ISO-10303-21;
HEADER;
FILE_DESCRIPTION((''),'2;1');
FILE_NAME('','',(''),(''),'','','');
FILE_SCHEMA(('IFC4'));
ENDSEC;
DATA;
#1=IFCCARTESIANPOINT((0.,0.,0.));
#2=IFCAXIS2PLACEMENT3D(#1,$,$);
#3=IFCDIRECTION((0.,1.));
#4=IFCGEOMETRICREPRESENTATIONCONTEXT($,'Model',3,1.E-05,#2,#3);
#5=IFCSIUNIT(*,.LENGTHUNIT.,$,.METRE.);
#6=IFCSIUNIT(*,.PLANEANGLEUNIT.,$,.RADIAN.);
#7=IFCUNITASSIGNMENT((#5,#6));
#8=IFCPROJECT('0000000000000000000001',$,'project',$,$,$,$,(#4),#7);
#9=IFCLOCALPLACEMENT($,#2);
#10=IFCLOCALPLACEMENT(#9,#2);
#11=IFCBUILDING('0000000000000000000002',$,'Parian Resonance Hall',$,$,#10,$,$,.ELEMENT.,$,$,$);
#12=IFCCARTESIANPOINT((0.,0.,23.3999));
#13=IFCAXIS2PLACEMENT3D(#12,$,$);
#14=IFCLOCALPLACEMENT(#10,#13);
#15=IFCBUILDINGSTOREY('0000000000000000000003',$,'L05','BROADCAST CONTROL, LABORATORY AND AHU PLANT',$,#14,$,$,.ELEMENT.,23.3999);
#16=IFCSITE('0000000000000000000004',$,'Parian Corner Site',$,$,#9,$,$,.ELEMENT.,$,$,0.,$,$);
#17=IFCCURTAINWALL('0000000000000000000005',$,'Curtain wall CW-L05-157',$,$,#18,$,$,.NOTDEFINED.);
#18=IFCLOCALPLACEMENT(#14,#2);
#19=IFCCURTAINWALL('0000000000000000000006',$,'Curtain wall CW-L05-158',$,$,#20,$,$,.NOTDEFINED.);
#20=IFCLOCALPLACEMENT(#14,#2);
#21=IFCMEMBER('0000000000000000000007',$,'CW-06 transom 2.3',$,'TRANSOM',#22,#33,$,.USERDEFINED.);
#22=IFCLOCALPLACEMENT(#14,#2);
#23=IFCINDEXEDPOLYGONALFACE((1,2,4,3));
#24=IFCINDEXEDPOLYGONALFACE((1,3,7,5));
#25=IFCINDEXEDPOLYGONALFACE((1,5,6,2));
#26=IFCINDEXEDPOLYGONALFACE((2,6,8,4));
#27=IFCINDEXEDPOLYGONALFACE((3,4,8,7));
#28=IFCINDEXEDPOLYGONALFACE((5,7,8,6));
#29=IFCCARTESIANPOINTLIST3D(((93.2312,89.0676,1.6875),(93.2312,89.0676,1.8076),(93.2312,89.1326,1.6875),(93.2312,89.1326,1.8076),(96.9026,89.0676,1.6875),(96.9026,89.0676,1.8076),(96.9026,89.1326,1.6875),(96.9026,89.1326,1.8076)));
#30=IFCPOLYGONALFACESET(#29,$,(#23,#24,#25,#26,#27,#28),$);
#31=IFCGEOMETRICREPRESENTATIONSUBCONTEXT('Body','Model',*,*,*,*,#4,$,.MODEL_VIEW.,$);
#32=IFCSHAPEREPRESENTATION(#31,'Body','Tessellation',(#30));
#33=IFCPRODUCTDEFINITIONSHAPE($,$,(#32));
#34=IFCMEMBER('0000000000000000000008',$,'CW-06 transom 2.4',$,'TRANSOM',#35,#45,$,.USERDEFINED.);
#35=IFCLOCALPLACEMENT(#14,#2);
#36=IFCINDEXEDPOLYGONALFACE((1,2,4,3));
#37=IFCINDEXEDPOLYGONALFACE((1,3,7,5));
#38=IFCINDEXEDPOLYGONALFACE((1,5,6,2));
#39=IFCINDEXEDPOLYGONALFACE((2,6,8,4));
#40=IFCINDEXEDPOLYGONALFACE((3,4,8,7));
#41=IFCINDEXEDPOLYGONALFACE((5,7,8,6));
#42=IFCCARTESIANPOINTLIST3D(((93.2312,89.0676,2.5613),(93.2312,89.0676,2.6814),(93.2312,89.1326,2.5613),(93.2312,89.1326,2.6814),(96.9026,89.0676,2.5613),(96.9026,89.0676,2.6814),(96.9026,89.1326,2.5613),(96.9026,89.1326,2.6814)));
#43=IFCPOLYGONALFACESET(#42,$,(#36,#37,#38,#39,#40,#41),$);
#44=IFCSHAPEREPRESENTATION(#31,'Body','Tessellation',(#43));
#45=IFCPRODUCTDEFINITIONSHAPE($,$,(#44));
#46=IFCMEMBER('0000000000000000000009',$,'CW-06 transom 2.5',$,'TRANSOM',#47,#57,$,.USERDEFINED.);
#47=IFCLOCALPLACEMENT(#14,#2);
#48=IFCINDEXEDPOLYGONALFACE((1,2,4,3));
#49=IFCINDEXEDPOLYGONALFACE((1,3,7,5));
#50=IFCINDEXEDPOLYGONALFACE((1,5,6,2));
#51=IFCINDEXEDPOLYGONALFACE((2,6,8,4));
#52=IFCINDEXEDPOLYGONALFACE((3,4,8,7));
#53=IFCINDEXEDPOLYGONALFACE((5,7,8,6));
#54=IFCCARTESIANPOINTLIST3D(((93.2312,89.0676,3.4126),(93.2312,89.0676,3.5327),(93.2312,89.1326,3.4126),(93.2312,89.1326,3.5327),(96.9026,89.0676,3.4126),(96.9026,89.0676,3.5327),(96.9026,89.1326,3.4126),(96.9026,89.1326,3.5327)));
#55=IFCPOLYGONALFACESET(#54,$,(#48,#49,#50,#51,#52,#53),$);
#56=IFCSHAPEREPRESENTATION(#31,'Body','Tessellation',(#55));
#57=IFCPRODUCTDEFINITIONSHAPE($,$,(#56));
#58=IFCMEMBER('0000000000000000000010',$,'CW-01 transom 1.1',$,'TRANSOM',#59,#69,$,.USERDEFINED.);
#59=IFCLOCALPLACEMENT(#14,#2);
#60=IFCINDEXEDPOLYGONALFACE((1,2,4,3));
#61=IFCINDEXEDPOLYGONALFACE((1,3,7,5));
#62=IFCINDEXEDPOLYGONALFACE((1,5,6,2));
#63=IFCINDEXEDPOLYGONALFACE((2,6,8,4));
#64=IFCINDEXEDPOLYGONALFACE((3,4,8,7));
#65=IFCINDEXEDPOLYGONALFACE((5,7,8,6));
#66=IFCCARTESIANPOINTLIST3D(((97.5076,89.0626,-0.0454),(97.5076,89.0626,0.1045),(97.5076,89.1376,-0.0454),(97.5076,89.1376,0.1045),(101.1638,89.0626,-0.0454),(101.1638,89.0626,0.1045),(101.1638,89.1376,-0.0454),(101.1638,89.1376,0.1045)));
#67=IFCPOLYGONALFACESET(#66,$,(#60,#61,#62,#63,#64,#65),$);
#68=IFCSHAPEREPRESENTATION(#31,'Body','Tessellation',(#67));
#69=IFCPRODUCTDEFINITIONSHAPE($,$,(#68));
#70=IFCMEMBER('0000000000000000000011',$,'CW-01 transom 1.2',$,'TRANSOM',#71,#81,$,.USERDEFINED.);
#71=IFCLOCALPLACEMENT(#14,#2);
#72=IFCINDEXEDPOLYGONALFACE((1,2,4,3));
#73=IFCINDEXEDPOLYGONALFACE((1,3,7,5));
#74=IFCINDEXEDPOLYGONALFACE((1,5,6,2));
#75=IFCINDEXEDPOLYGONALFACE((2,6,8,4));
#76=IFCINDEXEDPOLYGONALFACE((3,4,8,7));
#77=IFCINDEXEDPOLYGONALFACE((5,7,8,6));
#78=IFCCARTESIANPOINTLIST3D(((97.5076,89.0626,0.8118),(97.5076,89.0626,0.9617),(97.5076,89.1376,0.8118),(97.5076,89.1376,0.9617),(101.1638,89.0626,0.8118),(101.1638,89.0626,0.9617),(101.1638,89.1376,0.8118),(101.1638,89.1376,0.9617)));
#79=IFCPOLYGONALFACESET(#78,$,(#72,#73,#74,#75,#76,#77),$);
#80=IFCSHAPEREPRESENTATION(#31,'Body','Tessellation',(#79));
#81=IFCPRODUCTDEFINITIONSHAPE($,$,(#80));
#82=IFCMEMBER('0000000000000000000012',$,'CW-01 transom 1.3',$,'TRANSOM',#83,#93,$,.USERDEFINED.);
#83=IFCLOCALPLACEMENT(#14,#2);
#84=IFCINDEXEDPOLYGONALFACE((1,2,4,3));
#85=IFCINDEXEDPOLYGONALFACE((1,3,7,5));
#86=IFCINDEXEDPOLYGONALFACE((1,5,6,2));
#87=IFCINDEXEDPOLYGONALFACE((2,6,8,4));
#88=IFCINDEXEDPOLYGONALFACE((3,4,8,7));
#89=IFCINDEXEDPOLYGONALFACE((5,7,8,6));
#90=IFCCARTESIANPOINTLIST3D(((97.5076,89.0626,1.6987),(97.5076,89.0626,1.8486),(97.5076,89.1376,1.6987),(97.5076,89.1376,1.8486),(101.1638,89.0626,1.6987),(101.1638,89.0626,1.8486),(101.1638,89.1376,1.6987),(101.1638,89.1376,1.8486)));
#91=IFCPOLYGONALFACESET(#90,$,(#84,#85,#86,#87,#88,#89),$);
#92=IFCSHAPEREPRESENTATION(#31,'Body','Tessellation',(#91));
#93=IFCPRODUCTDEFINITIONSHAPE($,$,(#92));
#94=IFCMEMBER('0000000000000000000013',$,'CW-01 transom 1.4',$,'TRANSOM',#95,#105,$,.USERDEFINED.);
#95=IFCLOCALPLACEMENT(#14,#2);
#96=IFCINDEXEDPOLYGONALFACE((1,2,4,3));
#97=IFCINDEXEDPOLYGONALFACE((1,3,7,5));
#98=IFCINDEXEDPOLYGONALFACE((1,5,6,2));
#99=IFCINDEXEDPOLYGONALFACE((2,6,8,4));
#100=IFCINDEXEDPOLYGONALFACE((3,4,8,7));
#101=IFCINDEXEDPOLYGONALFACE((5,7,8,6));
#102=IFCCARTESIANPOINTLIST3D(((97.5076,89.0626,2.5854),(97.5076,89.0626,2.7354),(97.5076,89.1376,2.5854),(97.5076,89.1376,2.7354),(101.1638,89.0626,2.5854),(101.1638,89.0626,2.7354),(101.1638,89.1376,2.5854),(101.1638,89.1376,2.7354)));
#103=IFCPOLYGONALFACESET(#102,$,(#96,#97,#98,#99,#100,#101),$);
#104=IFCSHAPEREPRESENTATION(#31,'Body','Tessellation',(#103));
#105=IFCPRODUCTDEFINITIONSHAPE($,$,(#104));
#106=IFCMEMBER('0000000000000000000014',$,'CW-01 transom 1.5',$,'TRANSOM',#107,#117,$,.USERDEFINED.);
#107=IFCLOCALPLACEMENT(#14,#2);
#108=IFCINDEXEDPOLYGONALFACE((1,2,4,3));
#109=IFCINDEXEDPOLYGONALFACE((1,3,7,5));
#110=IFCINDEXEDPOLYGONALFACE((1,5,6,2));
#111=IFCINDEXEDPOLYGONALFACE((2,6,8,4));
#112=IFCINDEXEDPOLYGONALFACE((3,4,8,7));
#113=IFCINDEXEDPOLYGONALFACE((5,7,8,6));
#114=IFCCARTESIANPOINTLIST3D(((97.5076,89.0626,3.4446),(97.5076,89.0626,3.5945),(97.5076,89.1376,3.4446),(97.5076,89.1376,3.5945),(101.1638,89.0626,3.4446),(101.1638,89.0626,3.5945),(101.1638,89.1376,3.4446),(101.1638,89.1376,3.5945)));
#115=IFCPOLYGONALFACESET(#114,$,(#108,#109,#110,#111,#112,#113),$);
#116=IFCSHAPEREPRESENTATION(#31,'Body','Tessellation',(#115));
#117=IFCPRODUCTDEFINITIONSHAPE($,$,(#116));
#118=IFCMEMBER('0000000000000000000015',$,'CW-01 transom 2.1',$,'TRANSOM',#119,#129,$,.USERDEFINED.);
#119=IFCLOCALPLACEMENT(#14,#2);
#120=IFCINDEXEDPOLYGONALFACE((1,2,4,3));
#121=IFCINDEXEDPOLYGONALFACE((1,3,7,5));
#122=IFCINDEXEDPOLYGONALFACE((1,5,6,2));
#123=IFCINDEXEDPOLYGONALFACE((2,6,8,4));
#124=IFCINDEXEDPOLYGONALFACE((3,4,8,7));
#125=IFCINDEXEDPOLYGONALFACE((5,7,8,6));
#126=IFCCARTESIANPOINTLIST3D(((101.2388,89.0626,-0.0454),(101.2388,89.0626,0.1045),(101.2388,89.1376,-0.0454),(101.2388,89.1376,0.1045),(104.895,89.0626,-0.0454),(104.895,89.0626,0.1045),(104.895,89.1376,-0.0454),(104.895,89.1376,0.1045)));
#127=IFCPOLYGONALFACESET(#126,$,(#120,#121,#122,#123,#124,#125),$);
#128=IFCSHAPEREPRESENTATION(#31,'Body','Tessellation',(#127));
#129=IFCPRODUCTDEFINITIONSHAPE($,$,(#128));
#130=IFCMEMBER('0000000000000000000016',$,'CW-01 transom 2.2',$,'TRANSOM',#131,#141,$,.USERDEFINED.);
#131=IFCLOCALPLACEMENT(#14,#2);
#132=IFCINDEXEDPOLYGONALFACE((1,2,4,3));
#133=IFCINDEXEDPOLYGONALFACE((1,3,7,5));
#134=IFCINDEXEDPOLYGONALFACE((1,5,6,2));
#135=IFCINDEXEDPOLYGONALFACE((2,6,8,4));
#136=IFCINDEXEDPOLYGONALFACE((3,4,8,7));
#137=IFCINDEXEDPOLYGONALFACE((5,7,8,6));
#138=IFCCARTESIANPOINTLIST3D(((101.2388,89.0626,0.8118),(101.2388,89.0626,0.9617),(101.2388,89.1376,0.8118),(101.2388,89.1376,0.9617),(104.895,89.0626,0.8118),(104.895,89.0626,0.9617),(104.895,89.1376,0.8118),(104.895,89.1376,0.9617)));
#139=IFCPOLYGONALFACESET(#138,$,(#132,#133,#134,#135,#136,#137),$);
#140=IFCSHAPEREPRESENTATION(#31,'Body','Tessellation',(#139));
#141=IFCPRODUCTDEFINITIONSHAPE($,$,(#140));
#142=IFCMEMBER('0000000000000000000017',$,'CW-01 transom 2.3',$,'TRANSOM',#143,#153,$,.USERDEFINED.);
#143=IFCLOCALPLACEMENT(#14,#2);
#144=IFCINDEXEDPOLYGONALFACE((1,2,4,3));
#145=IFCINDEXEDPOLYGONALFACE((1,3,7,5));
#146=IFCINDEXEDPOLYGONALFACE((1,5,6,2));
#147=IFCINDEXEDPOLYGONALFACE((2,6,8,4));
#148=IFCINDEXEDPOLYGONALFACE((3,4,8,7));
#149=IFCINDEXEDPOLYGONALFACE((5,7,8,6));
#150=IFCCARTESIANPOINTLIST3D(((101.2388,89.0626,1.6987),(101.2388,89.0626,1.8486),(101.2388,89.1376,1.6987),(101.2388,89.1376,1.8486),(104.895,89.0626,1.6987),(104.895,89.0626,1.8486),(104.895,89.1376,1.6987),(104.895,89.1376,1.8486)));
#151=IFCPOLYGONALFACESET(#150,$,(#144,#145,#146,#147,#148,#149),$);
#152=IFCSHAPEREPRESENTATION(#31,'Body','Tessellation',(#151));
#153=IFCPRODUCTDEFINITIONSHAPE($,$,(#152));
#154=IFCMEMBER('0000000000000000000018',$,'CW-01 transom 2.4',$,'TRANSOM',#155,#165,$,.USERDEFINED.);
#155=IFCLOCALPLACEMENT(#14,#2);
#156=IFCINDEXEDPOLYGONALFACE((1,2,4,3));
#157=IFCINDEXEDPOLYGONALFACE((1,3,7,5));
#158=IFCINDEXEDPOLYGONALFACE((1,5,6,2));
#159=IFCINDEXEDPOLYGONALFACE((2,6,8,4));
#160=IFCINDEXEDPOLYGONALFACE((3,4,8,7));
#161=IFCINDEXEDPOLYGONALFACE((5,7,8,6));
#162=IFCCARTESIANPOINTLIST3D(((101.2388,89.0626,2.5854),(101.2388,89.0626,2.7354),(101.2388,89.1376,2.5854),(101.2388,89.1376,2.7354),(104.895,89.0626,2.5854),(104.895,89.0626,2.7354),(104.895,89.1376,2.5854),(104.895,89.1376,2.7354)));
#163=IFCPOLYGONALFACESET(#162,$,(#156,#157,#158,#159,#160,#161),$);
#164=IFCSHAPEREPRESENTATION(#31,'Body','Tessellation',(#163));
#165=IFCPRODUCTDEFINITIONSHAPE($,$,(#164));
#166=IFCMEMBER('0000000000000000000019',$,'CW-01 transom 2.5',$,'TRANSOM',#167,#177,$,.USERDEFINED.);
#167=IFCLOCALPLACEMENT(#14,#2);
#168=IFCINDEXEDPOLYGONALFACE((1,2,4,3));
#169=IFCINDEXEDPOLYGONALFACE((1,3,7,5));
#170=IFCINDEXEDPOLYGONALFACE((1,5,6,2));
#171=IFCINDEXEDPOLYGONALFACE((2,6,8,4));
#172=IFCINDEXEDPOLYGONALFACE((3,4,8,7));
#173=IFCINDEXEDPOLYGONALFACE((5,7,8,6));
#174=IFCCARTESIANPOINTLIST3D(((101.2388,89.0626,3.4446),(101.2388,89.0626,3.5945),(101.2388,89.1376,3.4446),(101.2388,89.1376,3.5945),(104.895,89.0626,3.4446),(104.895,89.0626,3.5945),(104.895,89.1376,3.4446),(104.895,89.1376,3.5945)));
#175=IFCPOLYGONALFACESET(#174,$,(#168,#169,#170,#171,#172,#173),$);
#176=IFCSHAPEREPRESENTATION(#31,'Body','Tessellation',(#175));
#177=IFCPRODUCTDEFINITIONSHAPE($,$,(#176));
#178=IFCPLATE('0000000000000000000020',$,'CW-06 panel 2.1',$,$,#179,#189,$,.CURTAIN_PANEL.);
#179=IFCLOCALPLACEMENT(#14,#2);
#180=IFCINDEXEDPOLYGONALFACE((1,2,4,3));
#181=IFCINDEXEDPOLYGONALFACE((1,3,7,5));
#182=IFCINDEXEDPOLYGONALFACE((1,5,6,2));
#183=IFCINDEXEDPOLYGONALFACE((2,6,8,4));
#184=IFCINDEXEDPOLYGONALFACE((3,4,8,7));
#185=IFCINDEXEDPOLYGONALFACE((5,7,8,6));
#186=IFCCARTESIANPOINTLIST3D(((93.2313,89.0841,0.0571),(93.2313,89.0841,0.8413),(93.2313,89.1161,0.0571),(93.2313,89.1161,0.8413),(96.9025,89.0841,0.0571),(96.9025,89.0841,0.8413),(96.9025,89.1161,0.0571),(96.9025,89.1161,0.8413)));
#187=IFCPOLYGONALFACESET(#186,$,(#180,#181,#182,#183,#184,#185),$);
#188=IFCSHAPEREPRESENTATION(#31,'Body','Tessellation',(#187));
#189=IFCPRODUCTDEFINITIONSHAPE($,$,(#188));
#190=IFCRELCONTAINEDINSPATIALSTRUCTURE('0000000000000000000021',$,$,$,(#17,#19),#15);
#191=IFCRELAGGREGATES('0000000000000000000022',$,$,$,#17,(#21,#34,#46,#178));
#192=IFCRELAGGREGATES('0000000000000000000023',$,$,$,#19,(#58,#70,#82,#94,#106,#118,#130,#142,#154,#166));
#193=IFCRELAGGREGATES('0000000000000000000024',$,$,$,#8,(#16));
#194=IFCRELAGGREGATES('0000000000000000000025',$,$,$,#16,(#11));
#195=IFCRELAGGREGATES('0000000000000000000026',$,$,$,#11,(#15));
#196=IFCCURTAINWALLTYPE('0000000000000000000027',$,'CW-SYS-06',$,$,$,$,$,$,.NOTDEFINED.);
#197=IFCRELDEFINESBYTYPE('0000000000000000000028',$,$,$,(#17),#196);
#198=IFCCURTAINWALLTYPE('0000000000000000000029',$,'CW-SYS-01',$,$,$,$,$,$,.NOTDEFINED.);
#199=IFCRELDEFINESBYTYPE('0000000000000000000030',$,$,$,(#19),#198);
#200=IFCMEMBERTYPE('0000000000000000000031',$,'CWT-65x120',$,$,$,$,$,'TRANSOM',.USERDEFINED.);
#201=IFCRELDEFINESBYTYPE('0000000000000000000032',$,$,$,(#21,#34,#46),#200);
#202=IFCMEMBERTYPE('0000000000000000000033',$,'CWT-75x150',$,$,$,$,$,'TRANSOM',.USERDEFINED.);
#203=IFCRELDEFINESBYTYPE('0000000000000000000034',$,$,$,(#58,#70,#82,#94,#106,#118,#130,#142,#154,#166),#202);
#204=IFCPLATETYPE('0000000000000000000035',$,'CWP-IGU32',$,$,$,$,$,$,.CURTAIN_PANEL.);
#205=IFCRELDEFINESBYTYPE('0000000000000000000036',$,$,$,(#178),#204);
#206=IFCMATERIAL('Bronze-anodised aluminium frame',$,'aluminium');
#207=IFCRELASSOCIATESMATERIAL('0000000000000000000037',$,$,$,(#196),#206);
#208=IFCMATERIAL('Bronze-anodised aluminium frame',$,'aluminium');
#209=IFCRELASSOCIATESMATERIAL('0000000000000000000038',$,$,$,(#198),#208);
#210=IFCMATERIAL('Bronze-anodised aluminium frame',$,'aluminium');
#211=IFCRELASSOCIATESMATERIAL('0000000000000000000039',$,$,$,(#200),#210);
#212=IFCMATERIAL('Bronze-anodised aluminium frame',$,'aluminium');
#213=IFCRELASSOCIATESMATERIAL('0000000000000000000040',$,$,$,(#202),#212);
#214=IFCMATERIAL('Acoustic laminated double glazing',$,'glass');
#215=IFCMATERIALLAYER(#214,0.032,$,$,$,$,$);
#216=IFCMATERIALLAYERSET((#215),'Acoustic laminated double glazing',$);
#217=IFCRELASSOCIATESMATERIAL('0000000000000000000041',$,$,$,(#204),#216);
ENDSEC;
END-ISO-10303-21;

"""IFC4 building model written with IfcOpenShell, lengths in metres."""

from ifc_helpers import new_model, si_unit, direction, frame, origin, origin_2d, place, context, subcontext, project, spatial, rectangle, extrude, material, layer, layer_set, material_profile, profile_set, type_object, element, aggregate, save


model = new_model("IFC4")

# Units and contexts
model_context = context("Model", 3, precision=1e-05, world=origin(), true_north=direction((0.0, 1.0)))
body_context = subcontext(model_context, "Body", "Model", "MODEL_VIEW")
ifc_project = project(units=[si_unit("LENGTHUNIT", "METRE"), si_unit("PLANEANGLEUNIT", "RADIAN")], contexts=[model_context])

# Site, building, storey
site_placement = place(None, origin())
site = spatial("IfcSite", under=ifc_project, at=site_placement, Name="Parian Corner Site", CompositionType="ELEMENT", RefElevation=0.0)
building_placement = place(site_placement, origin())
building = spatial("IfcBuilding", under=site, at=building_placement, Name="Parian Resonance Hall", CompositionType="ELEMENT")
storey_placement = place(building_placement, frame((0.0, 0.0, 23.3999)))
storey = spatial("IfcBuildingStorey", under=building, at=storey_placement, Name="L05", Description="BROADCAST CONTROL, LABORATORY AND AHU PLANT", CompositionType="ELEMENT", Elevation=23.3999)

# Curtain walls
ifc_material_1 = material(Name="Bronze-anodised aluminium frame", Category="aluminium")
curtain_wall_type_1 = type_object("IfcCurtainWallType", Name="CW-SYS-06", PredefinedType="NOTDEFINED", material=ifc_material_1)
curtain_wall_1_placement = place(storey_placement, origin())
curtain_wall_1 = element("IfcCurtainWall", 1, at=curtain_wall_1_placement, inside=storey, type_object=curtain_wall_type_1, Name="Curtain wall CW-L05-157", PredefinedType="NOTDEFINED")
ifc_material_2 = material(Name="Bronze-anodised aluminium frame", Category="aluminium")
curtain_wall_type_2 = type_object("IfcCurtainWallType", Name="CW-SYS-01", PredefinedType="NOTDEFINED", material=ifc_material_2)
curtain_wall_2_placement = place(storey_placement, origin())
curtain_wall_2 = element("IfcCurtainWall", 2, at=curtain_wall_2_placement, inside=storey, type_object=curtain_wall_type_2, Name="Curtain wall CW-L05-158", PredefinedType="NOTDEFINED")

# Members
ifc_material_3 = material(Name="Bronze-anodised aluminium frame", Category="aluminium")
ifc_material_profile_1 = material_profile(ifc_material_3, rectangle(XDim=0.0649, YDim=0.1201, at=origin_2d()), Name="CWT-65x120")
ifc_profile_set_1 = profile_set([ifc_material_profile_1], Name="Bronze-anodised aluminium frame")
member_type_1 = type_object("IfcMemberType", Name="CWT-65x120", ElementType="TRANSOM", PredefinedType="USERDEFINED", material=ifc_profile_set_1)
member_1_placement = place(storey_placement, frame((93.2312, 89.1001, 1.7476), z_axis=(1.0, 0.0, 0.0), x_axis=(0.0, 1.0, 0.0)))
member_1 = element("IfcMember", 3, at=member_1_placement, type_object=member_type_1, Name="CW-06 transom 2.3", ObjectType="TRANSOM", PredefinedType="USERDEFINED", context=body_context, shape_type="SweptSolid", body=[
    extrude(rectangle(XDim=0.0649, YDim=0.1201, at=origin_2d()), origin(), (0.0, 0.0, 1.0), 3.6714),
])
member_2_placement = place(storey_placement, frame((93.2312, 89.1001, 2.6213), z_axis=(1.0, 0.0, 0.0), x_axis=(0.0, 1.0, 0.0)))
member_2 = element("IfcMember", 4, at=member_2_placement, type_object=member_type_1, Name="CW-06 transom 2.4", ObjectType="TRANSOM", PredefinedType="USERDEFINED", context=body_context, shape_type="SweptSolid", body=[
    extrude(rectangle(XDim=0.0649, YDim=0.1201, at=origin_2d()), origin(), (0.0, 0.0, 1.0), 3.6714),
])
member_3_placement = place(storey_placement, frame((93.2312, 89.1001, 3.4727), z_axis=(1.0, 0.0, 0.0), x_axis=(0.0, 1.0, 0.0)))
member_3 = element("IfcMember", 5, at=member_3_placement, type_object=member_type_1, Name="CW-06 transom 2.5", ObjectType="TRANSOM", PredefinedType="USERDEFINED", context=body_context, shape_type="SweptSolid", body=[
    extrude(rectangle(XDim=0.0649, YDim=0.1201, at=origin_2d()), origin(), (0.0, 0.0, 1.0), 3.6714),
])
ifc_material_4 = material(Name="Bronze-anodised aluminium frame", Category="aluminium")
ifc_material_profile_2 = material_profile(ifc_material_4, rectangle(XDim=0.075, YDim=0.1499, at=origin_2d()), Name="CWT-75x150")
ifc_profile_set_2 = profile_set([ifc_material_profile_2], Name="Bronze-anodised aluminium frame")
member_type_2 = type_object("IfcMemberType", Name="CWT-75x150", ElementType="TRANSOM", PredefinedType="USERDEFINED", material=ifc_profile_set_2)
member_4_placement = place(storey_placement, frame((97.5076, 89.1001, 0.0295), z_axis=(1.0, 0.0, 0.0), x_axis=(0.0, 1.0, 0.0)))
member_4 = element("IfcMember", 6, at=member_4_placement, type_object=member_type_2, Name="CW-01 transom 1.1", ObjectType="TRANSOM", PredefinedType="USERDEFINED", context=body_context, shape_type="SweptSolid", body=[
    extrude(rectangle(XDim=0.075, YDim=0.1499, at=origin_2d()), origin(), (0.0, 0.0, 1.0), 3.6562),
])
member_5_placement = place(storey_placement, frame((97.5076, 89.1001, 0.8867), z_axis=(1.0, 0.0, 0.0), x_axis=(0.0, 1.0, 0.0)))
member_5 = element("IfcMember", 7, at=member_5_placement, type_object=member_type_2, Name="CW-01 transom 1.2", ObjectType="TRANSOM", PredefinedType="USERDEFINED", context=body_context, shape_type="SweptSolid", body=[
    extrude(rectangle(XDim=0.075, YDim=0.1499, at=origin_2d()), origin(), (0.0, 0.0, 1.0), 3.6562),
])
member_6_placement = place(storey_placement, frame((97.5076, 89.1001, 1.7737), z_axis=(1.0, 0.0, 0.0), x_axis=(0.0, 1.0, 0.0)))
member_6 = element("IfcMember", 8, at=member_6_placement, type_object=member_type_2, Name="CW-01 transom 1.3", ObjectType="TRANSOM", PredefinedType="USERDEFINED", context=body_context, shape_type="SweptSolid", body=[
    extrude(rectangle(XDim=0.075, YDim=0.1499, at=origin_2d()), origin(), (0.0, 0.0, 1.0), 3.6562),
])
member_7_placement = place(storey_placement, frame((97.5076, 89.1001, 2.6604), z_axis=(1.0, 0.0, 0.0), x_axis=(0.0, 1.0, 0.0)))
member_7 = element("IfcMember", 9, at=member_7_placement, type_object=member_type_2, Name="CW-01 transom 1.4", ObjectType="TRANSOM", PredefinedType="USERDEFINED", context=body_context, shape_type="SweptSolid", body=[
    extrude(rectangle(XDim=0.075, YDim=0.1499, at=origin_2d()), origin(), (0.0, 0.0, 1.0), 3.6562),
])
member_8_placement = place(storey_placement, frame((97.5076, 89.1001, 3.5195), z_axis=(1.0, 0.0, 0.0), x_axis=(0.0, 1.0, 0.0)))
member_8 = element("IfcMember", 10, at=member_8_placement, type_object=member_type_2, Name="CW-01 transom 1.5", ObjectType="TRANSOM", PredefinedType="USERDEFINED", context=body_context, shape_type="SweptSolid", body=[
    extrude(rectangle(XDim=0.075, YDim=0.1499, at=origin_2d()), origin(), (0.0, 0.0, 1.0), 3.6562),
])
member_9_placement = place(storey_placement, frame((101.2388, 89.1001, 0.0295), z_axis=(1.0, 0.0, 0.0), x_axis=(0.0, 1.0, 0.0)))
member_9 = element("IfcMember", 11, at=member_9_placement, type_object=member_type_2, Name="CW-01 transom 2.1", ObjectType="TRANSOM", PredefinedType="USERDEFINED", context=body_context, shape_type="SweptSolid", body=[
    extrude(rectangle(XDim=0.075, YDim=0.1499, at=origin_2d()), origin(), (0.0, 0.0, 1.0), 3.6562),
])
member_10_placement = place(storey_placement, frame((101.2388, 89.1001, 0.8867), z_axis=(1.0, 0.0, 0.0), x_axis=(0.0, 1.0, 0.0)))
member_10 = element("IfcMember", 12, at=member_10_placement, type_object=member_type_2, Name="CW-01 transom 2.2", ObjectType="TRANSOM", PredefinedType="USERDEFINED", context=body_context, shape_type="SweptSolid", body=[
    extrude(rectangle(XDim=0.075, YDim=0.1499, at=origin_2d()), origin(), (0.0, 0.0, 1.0), 3.6562),
])
member_11_placement = place(storey_placement, frame((101.2388, 89.1001, 1.7737), z_axis=(1.0, 0.0, 0.0), x_axis=(0.0, 1.0, 0.0)))
member_11 = element("IfcMember", 13, at=member_11_placement, type_object=member_type_2, Name="CW-01 transom 2.3", ObjectType="TRANSOM", PredefinedType="USERDEFINED", context=body_context, shape_type="SweptSolid", body=[
    extrude(rectangle(XDim=0.075, YDim=0.1499, at=origin_2d()), origin(), (0.0, 0.0, 1.0), 3.6562),
])
member_12_placement = place(storey_placement, frame((101.2388, 89.1001, 2.6604), z_axis=(1.0, 0.0, 0.0), x_axis=(0.0, 1.0, 0.0)))
member_12 = element("IfcMember", 14, at=member_12_placement, type_object=member_type_2, Name="CW-01 transom 2.4", ObjectType="TRANSOM", PredefinedType="USERDEFINED", context=body_context, shape_type="SweptSolid", body=[
    extrude(rectangle(XDim=0.075, YDim=0.1499, at=origin_2d()), origin(), (0.0, 0.0, 1.0), 3.6562),
])
member_13_placement = place(storey_placement, frame((101.2388, 89.1001, 3.5195), z_axis=(1.0, 0.0, 0.0), x_axis=(0.0, 1.0, 0.0)))
member_13 = element("IfcMember", 15, at=member_13_placement, type_object=member_type_2, Name="CW-01 transom 2.5", ObjectType="TRANSOM", PredefinedType="USERDEFINED", context=body_context, shape_type="SweptSolid", body=[
    extrude(rectangle(XDim=0.075, YDim=0.1499, at=origin_2d()), origin(), (0.0, 0.0, 1.0), 3.6562),
])

# Plate
ifc_material_5 = material(Name="Acoustic laminated double glazing", Category="glass")
ifc_layer_1 = layer(ifc_material_5, 0.032)
ifc_layer_set_1 = layer_set([ifc_layer_1], Name="Acoustic laminated double glazing")
plate_type_1 = type_object("IfcPlateType", Name="CWP-IGU32", PredefinedType="CURTAIN_PANEL", material=ifc_layer_set_1)
plate_1_placement = place(storey_placement, frame((95.0669, 89.1001, 0.0571), z_axis=(0.0, 0.0, 1.0), x_axis=(1.0, 0.0, 0.0)))
plate_1 = element("IfcPlate", 16, at=plate_1_placement, type_object=plate_type_1, Name="CW-06 panel 2.1", PredefinedType="CURTAIN_PANEL", context=body_context, shape_type="SweptSolid", body=[
    extrude(rectangle(XDim=3.6711, YDim=0.032, at=origin_2d()), origin(), (0.0, 0.0, 1.0), 0.7842),
])
aggregate(curtain_wall_1, [member_1, member_2, member_3, plate_1])
aggregate(curtain_wall_2, [member_4, member_5, member_6, member_7, member_8, member_9, member_10, member_11, member_12, member_13])

save(model, "model.ifc")
